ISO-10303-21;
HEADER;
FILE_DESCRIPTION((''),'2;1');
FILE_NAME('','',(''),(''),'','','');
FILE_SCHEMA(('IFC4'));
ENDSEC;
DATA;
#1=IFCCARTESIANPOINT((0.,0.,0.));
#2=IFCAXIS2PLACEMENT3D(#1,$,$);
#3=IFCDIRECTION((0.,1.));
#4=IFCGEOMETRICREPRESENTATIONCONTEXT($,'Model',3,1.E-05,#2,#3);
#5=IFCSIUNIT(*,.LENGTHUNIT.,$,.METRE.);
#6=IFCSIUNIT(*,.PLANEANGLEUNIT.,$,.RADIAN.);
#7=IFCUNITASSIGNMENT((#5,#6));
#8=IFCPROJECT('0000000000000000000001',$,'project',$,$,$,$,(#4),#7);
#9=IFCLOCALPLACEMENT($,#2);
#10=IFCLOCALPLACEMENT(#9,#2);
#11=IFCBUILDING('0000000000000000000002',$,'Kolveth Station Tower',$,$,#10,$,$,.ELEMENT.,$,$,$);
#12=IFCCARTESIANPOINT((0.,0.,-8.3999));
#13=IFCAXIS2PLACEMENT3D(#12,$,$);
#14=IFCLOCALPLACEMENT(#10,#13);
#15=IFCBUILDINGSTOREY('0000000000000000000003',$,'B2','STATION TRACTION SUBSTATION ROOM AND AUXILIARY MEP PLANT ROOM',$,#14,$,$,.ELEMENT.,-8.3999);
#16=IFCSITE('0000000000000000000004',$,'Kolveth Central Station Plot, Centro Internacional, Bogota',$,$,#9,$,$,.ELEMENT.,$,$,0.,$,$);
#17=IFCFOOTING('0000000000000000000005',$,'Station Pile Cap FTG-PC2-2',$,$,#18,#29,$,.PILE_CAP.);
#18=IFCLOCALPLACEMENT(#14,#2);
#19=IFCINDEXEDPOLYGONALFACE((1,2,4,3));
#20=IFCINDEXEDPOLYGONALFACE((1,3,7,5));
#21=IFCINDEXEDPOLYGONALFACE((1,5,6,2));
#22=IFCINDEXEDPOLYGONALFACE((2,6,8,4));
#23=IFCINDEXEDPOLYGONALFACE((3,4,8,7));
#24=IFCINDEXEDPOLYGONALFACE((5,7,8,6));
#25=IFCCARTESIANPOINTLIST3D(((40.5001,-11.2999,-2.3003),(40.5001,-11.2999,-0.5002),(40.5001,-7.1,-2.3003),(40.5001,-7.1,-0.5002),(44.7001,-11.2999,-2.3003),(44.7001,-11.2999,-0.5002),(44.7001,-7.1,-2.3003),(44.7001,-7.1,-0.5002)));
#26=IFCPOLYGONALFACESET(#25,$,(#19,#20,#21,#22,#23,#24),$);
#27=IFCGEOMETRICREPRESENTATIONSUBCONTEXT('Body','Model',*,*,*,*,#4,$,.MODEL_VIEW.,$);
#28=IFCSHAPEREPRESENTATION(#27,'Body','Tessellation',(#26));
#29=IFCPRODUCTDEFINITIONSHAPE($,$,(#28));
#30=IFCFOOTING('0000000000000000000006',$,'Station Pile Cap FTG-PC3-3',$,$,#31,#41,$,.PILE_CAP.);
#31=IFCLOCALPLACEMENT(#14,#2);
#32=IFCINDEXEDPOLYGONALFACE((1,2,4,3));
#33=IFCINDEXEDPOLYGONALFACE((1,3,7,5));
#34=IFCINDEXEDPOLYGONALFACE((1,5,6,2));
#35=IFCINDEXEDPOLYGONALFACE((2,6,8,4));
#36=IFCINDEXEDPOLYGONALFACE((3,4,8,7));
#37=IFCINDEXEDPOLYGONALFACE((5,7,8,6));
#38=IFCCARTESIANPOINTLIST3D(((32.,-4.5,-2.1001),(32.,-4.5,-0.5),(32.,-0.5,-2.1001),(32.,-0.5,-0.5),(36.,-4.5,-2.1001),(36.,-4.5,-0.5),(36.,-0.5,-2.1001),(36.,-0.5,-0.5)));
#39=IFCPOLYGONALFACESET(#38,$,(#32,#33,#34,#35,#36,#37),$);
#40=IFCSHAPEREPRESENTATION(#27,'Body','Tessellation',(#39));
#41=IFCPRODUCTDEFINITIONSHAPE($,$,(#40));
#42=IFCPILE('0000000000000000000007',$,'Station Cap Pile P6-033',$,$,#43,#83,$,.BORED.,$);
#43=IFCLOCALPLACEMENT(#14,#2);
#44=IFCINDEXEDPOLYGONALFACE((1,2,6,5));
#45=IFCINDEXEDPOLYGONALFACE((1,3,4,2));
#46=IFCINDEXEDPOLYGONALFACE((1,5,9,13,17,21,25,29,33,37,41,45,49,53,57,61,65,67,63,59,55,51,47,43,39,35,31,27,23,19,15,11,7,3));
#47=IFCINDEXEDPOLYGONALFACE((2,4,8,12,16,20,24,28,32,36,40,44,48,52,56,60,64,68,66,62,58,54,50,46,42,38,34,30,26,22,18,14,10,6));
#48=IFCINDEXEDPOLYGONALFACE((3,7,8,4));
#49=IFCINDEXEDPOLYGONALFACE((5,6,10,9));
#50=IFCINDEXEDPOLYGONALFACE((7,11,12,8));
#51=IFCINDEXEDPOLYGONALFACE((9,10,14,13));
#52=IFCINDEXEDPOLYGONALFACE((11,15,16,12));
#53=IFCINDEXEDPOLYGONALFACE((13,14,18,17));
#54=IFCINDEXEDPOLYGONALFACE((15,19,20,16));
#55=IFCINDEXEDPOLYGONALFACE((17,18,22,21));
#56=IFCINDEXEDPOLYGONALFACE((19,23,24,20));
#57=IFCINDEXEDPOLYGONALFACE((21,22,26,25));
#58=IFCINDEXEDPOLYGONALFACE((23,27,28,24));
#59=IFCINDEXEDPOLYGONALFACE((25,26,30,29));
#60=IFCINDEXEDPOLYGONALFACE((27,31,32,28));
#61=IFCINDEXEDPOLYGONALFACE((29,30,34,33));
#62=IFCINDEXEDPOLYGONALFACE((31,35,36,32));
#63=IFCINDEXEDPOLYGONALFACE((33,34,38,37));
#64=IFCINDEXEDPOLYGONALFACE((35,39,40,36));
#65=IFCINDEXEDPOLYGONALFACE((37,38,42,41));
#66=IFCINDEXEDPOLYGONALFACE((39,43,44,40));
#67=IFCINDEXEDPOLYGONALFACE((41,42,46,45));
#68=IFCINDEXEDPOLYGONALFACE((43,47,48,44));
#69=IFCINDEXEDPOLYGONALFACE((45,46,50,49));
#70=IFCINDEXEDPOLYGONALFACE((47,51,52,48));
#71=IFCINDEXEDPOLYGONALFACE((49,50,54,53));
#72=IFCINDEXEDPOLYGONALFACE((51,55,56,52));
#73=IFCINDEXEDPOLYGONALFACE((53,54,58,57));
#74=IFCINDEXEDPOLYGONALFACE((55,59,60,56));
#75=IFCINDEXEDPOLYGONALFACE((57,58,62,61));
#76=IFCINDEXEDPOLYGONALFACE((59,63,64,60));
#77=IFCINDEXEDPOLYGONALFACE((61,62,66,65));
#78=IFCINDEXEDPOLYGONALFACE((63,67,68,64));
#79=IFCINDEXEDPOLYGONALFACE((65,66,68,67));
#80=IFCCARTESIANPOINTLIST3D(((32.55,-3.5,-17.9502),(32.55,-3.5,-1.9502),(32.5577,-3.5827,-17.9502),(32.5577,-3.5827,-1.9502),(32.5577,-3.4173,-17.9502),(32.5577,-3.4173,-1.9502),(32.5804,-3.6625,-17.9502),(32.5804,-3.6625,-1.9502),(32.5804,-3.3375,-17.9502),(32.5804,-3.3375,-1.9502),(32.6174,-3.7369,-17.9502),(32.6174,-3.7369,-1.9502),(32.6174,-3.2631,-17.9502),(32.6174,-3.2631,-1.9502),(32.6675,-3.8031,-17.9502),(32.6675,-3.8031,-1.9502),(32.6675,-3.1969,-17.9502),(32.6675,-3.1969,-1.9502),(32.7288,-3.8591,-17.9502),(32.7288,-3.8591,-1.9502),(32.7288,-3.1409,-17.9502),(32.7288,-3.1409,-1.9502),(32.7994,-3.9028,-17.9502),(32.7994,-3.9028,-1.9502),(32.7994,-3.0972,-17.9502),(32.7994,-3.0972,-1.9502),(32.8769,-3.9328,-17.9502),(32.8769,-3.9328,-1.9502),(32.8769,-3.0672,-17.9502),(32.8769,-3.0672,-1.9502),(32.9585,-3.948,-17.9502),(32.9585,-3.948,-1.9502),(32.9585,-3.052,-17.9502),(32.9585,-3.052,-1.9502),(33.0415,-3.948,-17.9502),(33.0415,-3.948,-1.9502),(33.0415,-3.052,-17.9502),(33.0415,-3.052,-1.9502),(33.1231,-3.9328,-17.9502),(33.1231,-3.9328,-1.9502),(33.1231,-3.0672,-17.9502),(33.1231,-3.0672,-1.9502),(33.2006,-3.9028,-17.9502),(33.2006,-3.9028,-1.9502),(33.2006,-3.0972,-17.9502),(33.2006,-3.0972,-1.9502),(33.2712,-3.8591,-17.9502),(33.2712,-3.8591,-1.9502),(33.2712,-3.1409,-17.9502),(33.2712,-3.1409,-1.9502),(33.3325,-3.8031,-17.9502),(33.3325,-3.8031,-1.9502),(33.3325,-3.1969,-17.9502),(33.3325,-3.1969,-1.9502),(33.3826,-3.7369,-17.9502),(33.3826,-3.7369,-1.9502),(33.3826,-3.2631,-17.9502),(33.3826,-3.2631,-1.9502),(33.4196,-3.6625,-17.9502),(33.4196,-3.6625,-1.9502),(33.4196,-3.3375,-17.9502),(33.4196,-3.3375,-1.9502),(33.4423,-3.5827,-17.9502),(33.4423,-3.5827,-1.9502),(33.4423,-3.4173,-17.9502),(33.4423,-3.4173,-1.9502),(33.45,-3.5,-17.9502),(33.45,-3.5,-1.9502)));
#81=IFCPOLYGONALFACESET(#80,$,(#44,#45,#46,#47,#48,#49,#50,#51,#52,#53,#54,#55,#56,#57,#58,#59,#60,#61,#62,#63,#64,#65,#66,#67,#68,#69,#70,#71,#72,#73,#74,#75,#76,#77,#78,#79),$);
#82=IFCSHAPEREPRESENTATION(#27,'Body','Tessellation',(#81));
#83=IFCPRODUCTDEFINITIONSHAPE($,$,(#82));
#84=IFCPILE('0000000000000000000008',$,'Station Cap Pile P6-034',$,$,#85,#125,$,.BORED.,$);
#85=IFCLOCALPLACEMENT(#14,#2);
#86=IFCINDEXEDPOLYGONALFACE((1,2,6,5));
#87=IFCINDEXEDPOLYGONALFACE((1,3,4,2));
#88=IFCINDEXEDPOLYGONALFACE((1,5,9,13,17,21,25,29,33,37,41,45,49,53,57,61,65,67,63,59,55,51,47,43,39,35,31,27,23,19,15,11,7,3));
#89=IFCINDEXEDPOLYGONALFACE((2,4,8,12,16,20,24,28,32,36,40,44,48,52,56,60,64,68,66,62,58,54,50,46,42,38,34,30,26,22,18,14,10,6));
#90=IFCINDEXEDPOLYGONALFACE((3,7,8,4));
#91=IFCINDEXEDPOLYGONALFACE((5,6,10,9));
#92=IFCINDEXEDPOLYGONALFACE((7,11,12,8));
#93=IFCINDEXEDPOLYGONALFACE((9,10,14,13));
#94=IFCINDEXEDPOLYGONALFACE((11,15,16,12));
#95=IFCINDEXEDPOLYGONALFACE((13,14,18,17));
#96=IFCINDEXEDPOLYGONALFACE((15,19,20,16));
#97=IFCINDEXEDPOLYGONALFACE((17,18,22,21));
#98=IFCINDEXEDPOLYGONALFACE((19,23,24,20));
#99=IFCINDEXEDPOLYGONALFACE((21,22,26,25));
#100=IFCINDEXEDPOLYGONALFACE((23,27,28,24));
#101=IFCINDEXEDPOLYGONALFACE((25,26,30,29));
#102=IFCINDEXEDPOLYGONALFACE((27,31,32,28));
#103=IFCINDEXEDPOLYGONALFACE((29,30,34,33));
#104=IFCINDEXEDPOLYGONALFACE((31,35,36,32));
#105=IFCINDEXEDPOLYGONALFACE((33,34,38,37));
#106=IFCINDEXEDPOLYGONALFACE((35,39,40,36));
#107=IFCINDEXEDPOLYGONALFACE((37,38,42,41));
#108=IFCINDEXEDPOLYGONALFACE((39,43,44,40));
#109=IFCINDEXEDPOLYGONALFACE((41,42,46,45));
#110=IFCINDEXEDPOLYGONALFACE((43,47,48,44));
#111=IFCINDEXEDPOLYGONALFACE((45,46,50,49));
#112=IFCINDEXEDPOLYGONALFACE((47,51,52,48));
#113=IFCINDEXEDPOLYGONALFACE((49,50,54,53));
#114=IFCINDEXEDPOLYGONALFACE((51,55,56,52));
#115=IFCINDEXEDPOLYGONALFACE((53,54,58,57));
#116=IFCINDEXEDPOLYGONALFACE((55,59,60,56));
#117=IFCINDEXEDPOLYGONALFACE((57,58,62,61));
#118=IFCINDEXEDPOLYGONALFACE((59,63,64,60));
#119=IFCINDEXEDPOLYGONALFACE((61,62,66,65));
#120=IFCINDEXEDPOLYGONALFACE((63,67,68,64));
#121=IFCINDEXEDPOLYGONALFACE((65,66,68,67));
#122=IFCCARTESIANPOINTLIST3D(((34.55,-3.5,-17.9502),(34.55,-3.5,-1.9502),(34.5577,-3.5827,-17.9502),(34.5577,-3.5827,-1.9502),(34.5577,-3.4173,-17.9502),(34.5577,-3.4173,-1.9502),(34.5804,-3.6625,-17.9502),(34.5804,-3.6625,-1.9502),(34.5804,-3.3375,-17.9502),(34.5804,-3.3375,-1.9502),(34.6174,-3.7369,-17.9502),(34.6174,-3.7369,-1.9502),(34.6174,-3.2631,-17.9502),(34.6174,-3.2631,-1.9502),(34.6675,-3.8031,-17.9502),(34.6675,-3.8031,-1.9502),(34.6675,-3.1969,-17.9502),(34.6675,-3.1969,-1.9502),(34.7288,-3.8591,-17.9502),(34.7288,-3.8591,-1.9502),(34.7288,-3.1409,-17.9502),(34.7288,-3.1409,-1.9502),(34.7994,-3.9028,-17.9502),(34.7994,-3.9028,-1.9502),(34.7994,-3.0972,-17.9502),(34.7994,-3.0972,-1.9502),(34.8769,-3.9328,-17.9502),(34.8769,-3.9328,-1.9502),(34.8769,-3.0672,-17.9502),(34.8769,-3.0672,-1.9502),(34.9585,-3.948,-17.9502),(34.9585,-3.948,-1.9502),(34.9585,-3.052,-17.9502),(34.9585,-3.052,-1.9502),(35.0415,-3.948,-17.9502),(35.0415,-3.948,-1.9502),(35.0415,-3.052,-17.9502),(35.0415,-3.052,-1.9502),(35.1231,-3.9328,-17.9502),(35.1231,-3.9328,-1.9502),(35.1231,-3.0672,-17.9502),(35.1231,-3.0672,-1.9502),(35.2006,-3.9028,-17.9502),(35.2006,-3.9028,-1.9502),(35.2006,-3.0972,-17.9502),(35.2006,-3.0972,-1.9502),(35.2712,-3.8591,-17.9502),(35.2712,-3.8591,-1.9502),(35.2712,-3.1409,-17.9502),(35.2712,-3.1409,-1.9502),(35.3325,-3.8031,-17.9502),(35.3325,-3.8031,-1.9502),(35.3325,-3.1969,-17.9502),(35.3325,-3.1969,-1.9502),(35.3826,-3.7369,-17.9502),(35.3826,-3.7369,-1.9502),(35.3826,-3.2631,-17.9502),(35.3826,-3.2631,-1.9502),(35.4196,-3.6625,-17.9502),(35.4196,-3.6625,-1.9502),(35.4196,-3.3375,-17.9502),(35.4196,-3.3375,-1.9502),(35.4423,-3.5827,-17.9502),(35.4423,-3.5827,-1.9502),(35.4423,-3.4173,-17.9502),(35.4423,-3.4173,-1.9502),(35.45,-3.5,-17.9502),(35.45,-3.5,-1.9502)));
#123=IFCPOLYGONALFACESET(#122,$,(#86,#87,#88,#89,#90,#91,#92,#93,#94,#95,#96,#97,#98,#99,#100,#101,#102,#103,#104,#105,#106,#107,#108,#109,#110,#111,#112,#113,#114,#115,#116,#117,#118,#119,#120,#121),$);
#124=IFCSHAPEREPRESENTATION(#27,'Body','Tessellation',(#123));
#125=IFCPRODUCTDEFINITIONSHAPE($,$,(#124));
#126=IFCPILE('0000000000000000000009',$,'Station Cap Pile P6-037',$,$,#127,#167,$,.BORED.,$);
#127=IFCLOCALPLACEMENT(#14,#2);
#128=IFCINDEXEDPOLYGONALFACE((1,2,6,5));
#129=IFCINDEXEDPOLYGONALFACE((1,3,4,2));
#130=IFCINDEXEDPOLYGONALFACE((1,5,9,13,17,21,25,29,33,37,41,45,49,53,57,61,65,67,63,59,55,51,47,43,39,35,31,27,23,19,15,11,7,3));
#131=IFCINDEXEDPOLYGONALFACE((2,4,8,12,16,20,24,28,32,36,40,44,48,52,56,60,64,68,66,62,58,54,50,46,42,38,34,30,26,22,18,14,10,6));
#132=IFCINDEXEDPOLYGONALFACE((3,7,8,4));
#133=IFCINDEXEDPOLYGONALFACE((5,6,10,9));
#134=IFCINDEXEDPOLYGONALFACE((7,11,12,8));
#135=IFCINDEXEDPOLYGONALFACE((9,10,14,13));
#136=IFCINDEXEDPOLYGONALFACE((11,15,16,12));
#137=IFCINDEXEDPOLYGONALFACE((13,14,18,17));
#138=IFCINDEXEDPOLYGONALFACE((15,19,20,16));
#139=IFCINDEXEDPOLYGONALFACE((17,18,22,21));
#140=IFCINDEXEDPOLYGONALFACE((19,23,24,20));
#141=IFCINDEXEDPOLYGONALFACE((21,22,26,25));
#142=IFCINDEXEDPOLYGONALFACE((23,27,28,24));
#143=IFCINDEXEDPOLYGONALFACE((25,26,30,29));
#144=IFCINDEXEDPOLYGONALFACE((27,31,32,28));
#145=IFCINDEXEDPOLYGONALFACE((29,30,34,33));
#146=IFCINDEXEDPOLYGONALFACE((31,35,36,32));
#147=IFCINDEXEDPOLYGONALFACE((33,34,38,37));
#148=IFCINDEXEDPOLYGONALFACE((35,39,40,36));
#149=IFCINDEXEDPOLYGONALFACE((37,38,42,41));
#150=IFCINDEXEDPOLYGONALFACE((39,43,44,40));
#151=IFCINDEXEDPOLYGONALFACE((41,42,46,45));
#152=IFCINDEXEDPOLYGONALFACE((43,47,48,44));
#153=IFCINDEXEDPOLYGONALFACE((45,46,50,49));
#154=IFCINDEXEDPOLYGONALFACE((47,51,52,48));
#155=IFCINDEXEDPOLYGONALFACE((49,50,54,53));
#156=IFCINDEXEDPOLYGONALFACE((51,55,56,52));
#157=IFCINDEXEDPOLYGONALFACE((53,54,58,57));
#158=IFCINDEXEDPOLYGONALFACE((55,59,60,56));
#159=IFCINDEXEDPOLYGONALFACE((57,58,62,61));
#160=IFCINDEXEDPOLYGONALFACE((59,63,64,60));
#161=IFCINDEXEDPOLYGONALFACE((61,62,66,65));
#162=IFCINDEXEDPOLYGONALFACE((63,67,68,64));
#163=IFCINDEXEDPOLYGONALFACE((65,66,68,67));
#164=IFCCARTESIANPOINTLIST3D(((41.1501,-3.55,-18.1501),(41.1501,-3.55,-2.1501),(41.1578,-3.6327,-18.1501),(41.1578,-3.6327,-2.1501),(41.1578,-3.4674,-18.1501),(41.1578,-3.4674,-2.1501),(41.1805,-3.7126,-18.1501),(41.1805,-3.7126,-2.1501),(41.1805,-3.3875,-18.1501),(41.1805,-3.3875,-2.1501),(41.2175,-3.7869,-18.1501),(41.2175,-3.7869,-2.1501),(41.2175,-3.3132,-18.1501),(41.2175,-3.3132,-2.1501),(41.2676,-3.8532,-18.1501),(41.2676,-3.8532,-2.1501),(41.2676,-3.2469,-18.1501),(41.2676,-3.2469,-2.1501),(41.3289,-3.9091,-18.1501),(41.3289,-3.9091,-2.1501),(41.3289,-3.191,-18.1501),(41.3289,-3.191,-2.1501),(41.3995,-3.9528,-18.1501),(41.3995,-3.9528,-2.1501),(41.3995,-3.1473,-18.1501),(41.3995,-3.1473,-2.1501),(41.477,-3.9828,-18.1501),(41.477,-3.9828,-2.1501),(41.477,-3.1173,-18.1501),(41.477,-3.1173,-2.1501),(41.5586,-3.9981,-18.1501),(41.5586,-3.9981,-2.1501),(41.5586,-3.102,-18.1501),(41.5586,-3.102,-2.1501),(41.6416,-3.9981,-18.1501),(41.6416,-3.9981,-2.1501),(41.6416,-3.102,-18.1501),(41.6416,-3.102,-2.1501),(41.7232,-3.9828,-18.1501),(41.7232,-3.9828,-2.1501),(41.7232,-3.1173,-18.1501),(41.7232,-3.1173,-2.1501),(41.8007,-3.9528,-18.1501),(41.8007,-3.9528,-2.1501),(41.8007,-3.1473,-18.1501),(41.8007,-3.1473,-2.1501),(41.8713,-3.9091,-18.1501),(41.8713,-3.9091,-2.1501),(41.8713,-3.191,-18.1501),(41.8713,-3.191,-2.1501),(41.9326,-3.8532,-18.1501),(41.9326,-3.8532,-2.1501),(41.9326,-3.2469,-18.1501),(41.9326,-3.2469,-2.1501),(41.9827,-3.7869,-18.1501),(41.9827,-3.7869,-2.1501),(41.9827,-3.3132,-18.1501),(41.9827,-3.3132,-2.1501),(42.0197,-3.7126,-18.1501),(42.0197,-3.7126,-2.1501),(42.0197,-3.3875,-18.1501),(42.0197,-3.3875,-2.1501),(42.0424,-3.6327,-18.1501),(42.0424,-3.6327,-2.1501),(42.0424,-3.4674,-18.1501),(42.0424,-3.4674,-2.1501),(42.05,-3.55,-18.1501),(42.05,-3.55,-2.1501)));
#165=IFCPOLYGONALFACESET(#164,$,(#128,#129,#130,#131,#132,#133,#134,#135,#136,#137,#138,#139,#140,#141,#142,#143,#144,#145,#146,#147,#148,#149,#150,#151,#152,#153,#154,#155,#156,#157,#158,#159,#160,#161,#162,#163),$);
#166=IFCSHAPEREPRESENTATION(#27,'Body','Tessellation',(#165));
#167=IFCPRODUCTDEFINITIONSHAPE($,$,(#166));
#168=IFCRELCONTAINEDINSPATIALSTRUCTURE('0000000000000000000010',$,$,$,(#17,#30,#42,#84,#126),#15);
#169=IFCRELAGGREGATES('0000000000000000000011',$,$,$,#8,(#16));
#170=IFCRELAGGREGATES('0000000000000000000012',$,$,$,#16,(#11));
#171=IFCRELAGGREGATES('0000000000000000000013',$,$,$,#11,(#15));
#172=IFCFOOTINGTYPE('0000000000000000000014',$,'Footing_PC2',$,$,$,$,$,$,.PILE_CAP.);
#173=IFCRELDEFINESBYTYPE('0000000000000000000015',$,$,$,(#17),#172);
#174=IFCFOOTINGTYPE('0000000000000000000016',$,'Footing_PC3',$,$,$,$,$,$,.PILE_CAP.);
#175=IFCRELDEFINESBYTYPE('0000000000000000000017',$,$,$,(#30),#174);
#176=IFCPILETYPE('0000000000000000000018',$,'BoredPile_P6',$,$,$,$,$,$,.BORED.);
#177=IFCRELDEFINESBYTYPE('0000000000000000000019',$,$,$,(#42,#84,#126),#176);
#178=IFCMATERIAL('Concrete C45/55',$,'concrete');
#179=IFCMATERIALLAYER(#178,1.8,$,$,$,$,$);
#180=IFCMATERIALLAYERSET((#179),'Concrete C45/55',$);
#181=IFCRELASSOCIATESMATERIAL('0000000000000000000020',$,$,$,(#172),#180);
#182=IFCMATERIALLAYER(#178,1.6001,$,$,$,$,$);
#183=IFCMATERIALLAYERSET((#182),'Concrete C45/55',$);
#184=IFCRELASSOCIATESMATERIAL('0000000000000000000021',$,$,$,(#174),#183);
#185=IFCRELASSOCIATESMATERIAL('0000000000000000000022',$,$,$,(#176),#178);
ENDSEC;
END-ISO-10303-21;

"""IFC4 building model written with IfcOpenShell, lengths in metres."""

from ifc_helpers import new_model, si_unit, direction, frame, origin, origin_2d, place, context, subcontext, project, spatial, rectangle, circle, extrude, source, transform, mapped, material, layer, layer_set, material_profile, profile_set, type_object, element, save


model = new_model("IFC4")

# Units and contexts
model_context = context("Model", 3, precision=1e-05, world=origin(), true_north=direction((0.0, 1.0)))
body_context = subcontext(model_context, "Body", "Model", "MODEL_VIEW")
ifc_project = project(units=[si_unit("LENGTHUNIT", "METRE"), si_unit("PLANEANGLEUNIT", "RADIAN")], contexts=[model_context])

# Site, building, storey
site_placement = place(None, origin())
site = spatial("IfcSite", under=ifc_project, at=site_placement, Name="Kolveth Central Station Plot, Centro Internacional, Bogota", CompositionType="ELEMENT", RefElevation=0.0)
building_placement = place(site_placement, origin())
building = spatial("IfcBuilding", under=site, at=building_placement, Name="Kolveth Station Tower", CompositionType="ELEMENT")
storey_placement = place(building_placement, frame((0.0, 0.0, -8.3999)))
storey = spatial("IfcBuildingStorey", under=building, at=storey_placement, Name="B2", Description="STATION TRACTION SUBSTATION ROOM AND AUXILIARY MEP PLANT ROOM", CompositionType="ELEMENT", Elevation=-8.3999)

# Shared definitions
ifc_material_1 = material(Name="Concrete C45/55", Category="concrete")

# Footings
ifc_layer_1 = layer(ifc_material_1, 1.8)
ifc_layer_set_1 = layer_set([ifc_layer_1], Name="Concrete C45/55")
footing_type_1 = type_object("IfcFootingType", Name="Footing_PC2", PredefinedType="PILE_CAP", material=ifc_layer_set_1)
shared_shape_1 = source(origin(), body_context, "Body", "SweptSolid", [
    extrude(rectangle(XDim=4.2, YDim=4.2, at=origin_2d()), origin(), (0.0, 0.0, 1.0), 1.8),
])
for number, where, z_axis, x_axis, name in (
    (1, (42.6001, -9.2, -2.3003), (0.0, 0.0, 1.0), (1.0, 0.0, 0.0), "Station Pile Cap FTG-PC2-2"),
):
    element("IfcFooting", number, at=place(storey_placement, frame(where, z_axis=z_axis, x_axis=x_axis)), inside=storey, type_object=footing_type_1, Name=name, PredefinedType="PILE_CAP", context=body_context, shape_type="MappedRepresentation", body=[
        mapped(shared_shape_1, transform((0.0, 0.0, 0.0), x_axis=(1.0, 0.0, 0.0), y_axis=(0.0, 1.0, 0.0), z_axis=(0.0, 0.0, 1.0), scale=1.0)),
    ])
ifc_layer_2 = layer(ifc_material_1, 1.6001)
ifc_layer_set_2 = layer_set([ifc_layer_2], Name="Concrete C45/55")
footing_type_2 = type_object("IfcFootingType", Name="Footing_PC3", PredefinedType="PILE_CAP", material=ifc_layer_set_2)
shared_shape_2 = source(origin(), body_context, "Body", "SweptSolid", [
    extrude(rectangle(XDim=4.0, YDim=4.0, at=origin_2d()), origin(), (0.0, 0.0, 1.0), 1.6001),
])
footing_1_placement = place(storey_placement, frame((34.0, -2.5, -2.1001), z_axis=(0.0, 0.0, 1.0), x_axis=(1.0, 0.0, 0.0)))
element("IfcFooting", 2, at=footing_1_placement, inside=storey, type_object=footing_type_2, Name="Station Pile Cap FTG-PC3-3", PredefinedType="PILE_CAP", context=body_context, shape_type="MappedRepresentation", body=[
    mapped(shared_shape_2, transform((0.0, 0.0, 0.0), x_axis=(1.0, 0.0, 0.0), y_axis=(0.0, 1.0, 0.0), z_axis=(0.0, 0.0, 1.0), scale=1.0)),
])

# Piles
ifc_material_profile_1 = material_profile(ifc_material_1, circle(Radius=0.45, at=origin_2d()), Name="PILE-D900")
ifc_profile_set_1 = profile_set([ifc_material_profile_1], Name="Concrete C45/55")
pile_type_1 = type_object("IfcPileType", Name="BoredPile_P6", PredefinedType="BORED", material=ifc_profile_set_1)
shared_shape_3 = source(origin(), body_context, "Body", "SweptSolid", [
    extrude(circle(Radius=0.45, at=origin_2d()), origin(), (0.0, 0.0, 1.0), 16.0),
])
for number, where, z_axis, x_axis, name in (
    (3, (33.0, -3.5, -1.9502), (0.0, 0.0, -1.0), (1.0, 0.0, 0.0), "Station Cap Pile P6-033"),
    (4, (35.0, -3.5, -1.9502), (0.0, 0.0, -1.0), (1.0, 0.0, 0.0), "Station Cap Pile P6-034"),
    (5, (41.6001, -3.55, -2.1501), (0.0, 0.0, -1.0), (1.0, 0.0, 0.0), "Station Cap Pile P6-037"),
):
    element("IfcPile", number, at=place(storey_placement, frame(where, z_axis=z_axis, x_axis=x_axis)), inside=storey, type_object=pile_type_1, Name=name, PredefinedType="BORED", context=body_context, shape_type="MappedRepresentation", body=[
        mapped(shared_shape_3, transform((0.0, 0.0, 0.0), x_axis=(1.0, 0.0, 0.0), y_axis=(0.0, 1.0, 0.0), z_axis=(0.0, 0.0, 1.0), scale=1.0)),
    ])

save(model, "model.ifc")
